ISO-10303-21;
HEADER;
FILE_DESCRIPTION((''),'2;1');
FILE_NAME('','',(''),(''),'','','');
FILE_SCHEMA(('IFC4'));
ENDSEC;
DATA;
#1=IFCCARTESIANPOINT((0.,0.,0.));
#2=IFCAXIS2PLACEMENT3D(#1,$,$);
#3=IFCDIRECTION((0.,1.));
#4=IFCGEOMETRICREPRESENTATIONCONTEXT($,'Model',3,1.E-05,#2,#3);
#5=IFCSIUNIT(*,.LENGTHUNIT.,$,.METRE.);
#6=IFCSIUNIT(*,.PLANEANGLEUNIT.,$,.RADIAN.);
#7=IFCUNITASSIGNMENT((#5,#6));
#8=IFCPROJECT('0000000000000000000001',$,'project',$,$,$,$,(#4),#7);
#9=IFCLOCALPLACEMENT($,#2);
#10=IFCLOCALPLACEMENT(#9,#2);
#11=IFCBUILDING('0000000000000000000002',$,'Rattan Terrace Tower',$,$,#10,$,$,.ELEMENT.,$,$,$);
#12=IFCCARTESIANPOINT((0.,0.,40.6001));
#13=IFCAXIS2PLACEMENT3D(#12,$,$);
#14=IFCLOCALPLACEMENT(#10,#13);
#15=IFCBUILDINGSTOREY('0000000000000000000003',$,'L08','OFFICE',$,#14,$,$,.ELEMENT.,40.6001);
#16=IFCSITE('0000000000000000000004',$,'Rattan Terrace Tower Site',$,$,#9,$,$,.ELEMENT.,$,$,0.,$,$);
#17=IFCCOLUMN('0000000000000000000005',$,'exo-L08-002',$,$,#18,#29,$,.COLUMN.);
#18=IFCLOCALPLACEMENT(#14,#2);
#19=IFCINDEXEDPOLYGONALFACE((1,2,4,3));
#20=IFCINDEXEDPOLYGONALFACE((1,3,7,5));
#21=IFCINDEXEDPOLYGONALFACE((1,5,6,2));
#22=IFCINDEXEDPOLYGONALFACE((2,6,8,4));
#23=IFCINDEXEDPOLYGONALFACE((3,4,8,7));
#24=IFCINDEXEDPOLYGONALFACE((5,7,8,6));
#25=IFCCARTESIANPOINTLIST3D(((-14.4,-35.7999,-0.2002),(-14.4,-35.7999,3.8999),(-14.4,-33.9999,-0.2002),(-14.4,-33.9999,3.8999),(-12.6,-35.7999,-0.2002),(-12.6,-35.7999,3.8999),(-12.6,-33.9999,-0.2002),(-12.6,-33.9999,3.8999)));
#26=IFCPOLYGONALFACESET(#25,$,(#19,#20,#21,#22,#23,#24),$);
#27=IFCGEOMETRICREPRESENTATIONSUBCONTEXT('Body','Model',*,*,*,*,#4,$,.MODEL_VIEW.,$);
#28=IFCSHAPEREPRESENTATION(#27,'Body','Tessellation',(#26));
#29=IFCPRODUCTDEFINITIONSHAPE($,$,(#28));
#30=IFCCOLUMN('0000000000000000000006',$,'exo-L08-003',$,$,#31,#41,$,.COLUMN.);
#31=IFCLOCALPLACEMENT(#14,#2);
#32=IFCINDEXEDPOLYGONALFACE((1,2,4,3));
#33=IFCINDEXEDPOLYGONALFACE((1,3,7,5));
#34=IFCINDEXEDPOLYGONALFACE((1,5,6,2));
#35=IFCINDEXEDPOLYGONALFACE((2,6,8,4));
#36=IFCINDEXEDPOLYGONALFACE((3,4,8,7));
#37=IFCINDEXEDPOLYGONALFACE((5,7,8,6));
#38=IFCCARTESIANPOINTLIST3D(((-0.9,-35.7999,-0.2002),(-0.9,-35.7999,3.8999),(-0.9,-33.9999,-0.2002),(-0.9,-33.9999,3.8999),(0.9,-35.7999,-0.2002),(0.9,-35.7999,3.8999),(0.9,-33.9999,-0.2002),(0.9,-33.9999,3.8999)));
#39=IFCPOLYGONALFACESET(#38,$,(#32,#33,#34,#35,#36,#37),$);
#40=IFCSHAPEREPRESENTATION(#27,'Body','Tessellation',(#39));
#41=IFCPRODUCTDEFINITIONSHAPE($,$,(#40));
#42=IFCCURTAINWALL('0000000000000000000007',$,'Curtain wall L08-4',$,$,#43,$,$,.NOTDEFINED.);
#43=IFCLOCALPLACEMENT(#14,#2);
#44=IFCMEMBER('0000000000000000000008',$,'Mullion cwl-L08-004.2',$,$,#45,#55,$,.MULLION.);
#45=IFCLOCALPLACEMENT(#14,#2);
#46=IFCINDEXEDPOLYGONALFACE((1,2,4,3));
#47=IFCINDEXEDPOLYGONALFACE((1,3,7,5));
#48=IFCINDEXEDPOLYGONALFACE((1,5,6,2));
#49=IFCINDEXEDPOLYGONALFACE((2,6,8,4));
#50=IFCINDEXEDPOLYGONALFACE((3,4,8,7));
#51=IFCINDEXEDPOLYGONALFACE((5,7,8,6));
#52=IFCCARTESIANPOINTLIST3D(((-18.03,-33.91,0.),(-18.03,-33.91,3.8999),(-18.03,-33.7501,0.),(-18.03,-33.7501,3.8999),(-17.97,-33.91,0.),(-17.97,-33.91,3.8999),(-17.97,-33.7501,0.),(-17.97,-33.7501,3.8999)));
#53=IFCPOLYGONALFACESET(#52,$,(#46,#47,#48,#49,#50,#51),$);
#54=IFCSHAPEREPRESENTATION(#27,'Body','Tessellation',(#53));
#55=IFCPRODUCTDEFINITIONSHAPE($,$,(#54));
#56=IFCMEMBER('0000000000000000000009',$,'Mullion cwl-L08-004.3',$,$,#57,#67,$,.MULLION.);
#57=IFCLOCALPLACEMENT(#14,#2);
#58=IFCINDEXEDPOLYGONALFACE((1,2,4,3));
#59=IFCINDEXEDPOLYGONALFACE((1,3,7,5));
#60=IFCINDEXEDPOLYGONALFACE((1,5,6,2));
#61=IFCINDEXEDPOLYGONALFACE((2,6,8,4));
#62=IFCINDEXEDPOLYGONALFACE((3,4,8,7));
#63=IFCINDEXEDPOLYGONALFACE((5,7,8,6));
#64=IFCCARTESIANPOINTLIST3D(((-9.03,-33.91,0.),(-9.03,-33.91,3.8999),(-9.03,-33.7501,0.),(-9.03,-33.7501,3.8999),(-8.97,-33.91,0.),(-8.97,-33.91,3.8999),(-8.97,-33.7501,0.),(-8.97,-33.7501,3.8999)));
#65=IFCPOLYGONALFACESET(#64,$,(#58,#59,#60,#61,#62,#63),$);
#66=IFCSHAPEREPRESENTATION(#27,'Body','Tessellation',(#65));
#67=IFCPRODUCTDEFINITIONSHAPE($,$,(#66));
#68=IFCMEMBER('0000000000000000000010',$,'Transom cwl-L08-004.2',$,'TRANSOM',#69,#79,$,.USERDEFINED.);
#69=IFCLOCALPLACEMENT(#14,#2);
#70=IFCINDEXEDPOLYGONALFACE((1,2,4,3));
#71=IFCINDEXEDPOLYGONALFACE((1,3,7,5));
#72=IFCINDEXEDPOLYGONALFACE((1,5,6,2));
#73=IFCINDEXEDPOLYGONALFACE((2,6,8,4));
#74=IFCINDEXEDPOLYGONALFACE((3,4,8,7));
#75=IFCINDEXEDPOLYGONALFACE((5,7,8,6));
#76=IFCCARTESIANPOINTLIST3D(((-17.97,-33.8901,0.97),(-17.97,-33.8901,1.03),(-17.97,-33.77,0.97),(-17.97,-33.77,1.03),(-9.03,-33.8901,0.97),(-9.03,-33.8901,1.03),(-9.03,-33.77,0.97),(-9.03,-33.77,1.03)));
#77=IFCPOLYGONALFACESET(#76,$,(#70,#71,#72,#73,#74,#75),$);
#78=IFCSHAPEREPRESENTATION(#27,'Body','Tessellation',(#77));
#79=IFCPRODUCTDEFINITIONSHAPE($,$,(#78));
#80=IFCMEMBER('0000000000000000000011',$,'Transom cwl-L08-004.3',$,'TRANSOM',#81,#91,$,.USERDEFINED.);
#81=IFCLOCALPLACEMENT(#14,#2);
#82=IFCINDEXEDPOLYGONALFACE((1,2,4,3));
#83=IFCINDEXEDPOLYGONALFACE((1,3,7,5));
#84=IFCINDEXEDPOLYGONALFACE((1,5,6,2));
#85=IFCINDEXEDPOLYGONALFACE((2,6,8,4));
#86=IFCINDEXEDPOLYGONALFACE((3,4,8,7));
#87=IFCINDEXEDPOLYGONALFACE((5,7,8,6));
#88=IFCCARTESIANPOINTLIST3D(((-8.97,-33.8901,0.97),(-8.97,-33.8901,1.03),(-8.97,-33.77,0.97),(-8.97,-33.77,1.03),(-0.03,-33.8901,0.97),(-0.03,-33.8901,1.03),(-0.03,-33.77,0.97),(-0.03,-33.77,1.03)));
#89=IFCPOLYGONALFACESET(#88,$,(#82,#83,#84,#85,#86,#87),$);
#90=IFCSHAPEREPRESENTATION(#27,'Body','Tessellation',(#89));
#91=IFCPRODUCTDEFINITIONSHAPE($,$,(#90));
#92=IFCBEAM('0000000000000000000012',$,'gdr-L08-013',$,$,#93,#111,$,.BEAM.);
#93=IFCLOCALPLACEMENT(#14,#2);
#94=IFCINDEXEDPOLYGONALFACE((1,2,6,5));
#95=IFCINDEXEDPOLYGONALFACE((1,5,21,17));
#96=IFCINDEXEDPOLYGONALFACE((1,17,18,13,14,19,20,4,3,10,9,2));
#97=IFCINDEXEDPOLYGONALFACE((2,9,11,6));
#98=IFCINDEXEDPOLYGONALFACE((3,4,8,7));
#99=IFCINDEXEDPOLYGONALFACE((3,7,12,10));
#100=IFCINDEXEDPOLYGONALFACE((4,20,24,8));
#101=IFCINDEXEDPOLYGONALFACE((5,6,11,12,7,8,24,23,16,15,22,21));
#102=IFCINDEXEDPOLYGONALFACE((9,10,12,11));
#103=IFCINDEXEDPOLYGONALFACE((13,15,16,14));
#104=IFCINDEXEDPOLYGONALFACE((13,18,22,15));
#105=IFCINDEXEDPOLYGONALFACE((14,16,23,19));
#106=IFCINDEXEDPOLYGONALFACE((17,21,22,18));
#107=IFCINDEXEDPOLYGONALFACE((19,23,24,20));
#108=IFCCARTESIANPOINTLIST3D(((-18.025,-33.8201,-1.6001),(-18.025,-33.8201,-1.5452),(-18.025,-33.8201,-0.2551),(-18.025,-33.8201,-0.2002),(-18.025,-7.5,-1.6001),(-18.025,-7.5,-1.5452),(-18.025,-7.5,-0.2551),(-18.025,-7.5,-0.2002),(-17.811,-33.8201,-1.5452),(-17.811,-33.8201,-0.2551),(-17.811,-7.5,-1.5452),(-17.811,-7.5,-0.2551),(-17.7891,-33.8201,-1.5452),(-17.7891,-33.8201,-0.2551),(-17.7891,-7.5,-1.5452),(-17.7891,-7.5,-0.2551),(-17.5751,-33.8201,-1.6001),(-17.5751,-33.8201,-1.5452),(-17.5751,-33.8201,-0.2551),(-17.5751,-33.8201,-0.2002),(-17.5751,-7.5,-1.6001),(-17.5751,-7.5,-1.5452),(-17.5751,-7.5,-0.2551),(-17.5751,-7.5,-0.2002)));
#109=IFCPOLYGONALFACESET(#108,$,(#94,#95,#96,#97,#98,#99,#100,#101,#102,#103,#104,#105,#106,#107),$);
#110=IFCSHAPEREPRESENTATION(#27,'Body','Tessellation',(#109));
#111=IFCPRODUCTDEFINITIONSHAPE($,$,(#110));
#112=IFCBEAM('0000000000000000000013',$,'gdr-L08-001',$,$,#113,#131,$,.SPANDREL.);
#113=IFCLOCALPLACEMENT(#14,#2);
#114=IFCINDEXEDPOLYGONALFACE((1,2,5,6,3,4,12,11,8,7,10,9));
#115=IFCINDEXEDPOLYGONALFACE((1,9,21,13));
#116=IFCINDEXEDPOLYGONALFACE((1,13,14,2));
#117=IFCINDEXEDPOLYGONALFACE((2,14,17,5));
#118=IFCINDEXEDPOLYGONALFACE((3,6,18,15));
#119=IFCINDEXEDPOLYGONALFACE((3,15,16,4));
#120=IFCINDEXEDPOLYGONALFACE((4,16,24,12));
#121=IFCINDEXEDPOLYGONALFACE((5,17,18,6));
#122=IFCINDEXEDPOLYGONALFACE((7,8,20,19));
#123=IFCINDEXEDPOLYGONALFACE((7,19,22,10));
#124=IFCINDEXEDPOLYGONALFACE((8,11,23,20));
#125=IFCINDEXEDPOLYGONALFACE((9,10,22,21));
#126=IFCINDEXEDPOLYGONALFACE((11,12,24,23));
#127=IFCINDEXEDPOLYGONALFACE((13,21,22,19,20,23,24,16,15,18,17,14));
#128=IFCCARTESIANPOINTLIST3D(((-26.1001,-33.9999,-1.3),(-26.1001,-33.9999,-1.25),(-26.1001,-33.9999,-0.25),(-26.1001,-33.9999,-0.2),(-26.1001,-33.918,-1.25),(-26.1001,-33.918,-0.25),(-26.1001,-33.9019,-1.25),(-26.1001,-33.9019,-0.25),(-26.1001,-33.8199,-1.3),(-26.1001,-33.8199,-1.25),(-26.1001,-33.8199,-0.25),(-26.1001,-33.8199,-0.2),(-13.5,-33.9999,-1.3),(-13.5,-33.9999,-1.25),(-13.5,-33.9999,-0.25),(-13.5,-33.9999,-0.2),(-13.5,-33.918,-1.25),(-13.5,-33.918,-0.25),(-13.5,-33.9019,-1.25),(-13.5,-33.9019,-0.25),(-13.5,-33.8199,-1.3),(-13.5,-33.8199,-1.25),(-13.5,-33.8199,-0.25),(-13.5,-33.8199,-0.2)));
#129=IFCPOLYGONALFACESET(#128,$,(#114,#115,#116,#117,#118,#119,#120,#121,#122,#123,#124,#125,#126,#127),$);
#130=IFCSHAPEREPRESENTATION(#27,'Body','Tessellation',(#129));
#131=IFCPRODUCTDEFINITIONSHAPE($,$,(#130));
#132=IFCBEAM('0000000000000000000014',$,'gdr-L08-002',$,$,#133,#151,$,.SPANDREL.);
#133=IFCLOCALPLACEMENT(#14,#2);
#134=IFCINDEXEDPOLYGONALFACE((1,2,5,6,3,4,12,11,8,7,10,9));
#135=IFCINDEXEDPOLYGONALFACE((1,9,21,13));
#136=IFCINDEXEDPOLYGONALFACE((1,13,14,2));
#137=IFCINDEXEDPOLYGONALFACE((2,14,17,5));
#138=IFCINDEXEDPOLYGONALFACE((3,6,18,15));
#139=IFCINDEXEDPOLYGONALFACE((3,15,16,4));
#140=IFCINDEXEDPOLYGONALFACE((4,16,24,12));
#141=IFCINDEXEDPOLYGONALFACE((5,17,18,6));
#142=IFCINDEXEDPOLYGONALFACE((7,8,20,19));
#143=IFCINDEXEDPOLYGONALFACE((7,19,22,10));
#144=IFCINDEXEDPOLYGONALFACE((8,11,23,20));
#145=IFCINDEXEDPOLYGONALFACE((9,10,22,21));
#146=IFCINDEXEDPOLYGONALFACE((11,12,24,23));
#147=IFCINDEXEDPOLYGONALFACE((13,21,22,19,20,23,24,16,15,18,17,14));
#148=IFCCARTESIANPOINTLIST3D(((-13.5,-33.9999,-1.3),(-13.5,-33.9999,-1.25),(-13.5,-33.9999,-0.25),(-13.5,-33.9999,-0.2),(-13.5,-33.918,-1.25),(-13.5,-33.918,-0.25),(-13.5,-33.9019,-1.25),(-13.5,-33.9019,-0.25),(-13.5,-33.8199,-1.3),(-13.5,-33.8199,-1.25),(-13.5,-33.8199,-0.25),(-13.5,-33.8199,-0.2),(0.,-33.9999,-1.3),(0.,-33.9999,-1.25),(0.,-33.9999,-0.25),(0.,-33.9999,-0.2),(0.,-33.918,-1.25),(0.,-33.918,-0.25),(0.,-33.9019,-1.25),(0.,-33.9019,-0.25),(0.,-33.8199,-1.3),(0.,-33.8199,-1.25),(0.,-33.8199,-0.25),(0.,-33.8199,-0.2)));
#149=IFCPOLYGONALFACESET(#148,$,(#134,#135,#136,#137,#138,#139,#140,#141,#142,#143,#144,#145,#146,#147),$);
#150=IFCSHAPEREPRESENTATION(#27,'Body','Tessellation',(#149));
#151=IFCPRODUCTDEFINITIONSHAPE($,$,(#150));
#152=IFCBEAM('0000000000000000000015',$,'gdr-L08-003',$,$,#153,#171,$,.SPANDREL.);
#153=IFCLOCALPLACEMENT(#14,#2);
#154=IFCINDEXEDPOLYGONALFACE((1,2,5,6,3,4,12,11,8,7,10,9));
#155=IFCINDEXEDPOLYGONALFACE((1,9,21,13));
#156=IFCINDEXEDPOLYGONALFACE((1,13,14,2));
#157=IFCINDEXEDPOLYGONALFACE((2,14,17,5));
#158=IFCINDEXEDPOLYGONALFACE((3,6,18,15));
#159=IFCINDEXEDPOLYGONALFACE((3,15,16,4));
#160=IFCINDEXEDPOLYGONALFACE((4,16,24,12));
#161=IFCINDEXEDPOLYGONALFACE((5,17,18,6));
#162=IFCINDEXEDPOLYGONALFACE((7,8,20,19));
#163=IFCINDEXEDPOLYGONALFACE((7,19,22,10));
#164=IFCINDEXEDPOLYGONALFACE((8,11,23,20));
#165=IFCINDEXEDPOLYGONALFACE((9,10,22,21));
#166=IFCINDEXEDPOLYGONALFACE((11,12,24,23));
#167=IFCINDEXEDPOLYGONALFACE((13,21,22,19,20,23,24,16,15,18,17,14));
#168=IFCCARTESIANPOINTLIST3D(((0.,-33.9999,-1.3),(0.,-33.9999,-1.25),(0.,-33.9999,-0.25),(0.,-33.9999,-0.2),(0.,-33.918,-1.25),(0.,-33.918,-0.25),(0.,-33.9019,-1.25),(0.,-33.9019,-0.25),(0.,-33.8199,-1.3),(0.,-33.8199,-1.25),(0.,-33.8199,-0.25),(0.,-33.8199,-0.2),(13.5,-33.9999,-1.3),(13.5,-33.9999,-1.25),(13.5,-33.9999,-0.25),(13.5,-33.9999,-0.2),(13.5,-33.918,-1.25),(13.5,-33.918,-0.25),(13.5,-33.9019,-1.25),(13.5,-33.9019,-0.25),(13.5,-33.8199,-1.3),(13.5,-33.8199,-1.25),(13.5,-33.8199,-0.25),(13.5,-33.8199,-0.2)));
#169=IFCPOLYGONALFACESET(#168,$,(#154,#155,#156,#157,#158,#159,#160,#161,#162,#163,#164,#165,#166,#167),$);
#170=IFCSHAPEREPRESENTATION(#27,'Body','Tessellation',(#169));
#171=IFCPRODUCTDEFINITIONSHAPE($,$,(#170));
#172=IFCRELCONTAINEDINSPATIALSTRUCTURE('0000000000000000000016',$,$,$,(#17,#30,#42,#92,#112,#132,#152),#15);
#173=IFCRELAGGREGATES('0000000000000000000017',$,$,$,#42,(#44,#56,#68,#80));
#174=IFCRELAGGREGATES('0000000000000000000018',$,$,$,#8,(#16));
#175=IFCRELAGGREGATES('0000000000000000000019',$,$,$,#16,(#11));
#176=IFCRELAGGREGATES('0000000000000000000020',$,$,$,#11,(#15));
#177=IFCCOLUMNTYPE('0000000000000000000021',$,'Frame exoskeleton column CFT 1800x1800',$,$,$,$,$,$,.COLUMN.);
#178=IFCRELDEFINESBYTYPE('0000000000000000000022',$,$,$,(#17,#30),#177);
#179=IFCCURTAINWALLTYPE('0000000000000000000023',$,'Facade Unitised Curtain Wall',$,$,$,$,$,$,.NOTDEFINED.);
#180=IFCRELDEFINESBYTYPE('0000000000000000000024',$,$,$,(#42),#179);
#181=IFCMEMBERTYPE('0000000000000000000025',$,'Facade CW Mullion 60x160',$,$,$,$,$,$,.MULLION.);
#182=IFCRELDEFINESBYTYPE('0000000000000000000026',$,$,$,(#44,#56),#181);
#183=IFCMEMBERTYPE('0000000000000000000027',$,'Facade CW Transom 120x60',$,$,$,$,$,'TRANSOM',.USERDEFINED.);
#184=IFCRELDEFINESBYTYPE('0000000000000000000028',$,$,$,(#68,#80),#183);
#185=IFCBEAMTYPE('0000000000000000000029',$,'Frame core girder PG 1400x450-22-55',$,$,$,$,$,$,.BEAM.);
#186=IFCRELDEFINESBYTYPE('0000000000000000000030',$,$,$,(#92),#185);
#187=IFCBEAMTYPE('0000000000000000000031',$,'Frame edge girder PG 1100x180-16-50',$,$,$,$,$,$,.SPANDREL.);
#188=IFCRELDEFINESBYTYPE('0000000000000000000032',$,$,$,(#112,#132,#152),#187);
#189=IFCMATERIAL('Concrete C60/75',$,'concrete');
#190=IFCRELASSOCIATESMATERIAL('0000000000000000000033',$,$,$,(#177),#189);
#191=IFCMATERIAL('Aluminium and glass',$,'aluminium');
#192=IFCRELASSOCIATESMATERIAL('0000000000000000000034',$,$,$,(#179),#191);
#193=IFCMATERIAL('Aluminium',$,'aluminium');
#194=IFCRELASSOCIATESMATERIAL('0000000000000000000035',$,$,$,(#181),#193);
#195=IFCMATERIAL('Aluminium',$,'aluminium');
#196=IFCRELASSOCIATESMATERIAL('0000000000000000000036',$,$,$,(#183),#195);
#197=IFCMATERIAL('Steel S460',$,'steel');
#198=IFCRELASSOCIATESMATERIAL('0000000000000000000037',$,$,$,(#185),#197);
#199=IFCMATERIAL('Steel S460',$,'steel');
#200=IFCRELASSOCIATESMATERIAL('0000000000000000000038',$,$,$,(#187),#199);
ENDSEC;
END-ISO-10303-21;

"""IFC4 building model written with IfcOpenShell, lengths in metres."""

from ifc_helpers import new_model, si_unit, direction, frame, origin, origin_2d, place, context, subcontext, project, spatial, rectangle, i_section, extrude, material, material_profile, profile_set, type_object, element, aggregate, save


model = new_model("IFC4")

# Units and contexts
model_context = context("Model", 3, precision=1e-05, world=origin(), true_north=direction((0.0, 1.0)))
body_context = subcontext(model_context, "Body", "Model", "MODEL_VIEW")
ifc_project = project(units=[si_unit("LENGTHUNIT", "METRE"), si_unit("PLANEANGLEUNIT", "RADIAN")], contexts=[model_context])

# Site, building, storey
site_placement = place(None, origin())
site = spatial("IfcSite", under=ifc_project, at=site_placement, Name="Rattan Terrace Tower Site", CompositionType="ELEMENT", RefElevation=0.0)
building_placement = place(site_placement, origin())
building = spatial("IfcBuilding", under=site, at=building_placement, Name="Rattan Terrace Tower", CompositionType="ELEMENT")
storey_placement = place(building_placement, frame((0.0, 0.0, 40.6001)))
storey = spatial("IfcBuildingStorey", under=building, at=storey_placement, Name="L08", Description="OFFICE", CompositionType="ELEMENT", Elevation=40.6001)

# Columns
ifc_material_1 = material(Name="Concrete C60/75", Category="concrete")
ifc_material_profile_1 = material_profile(ifc_material_1, rectangle(XDim=1.8, YDim=1.8, at=origin_2d()), Name="CFT 1800x1800")
ifc_profile_set_1 = profile_set([ifc_material_profile_1], Name="Concrete C60/75")
column_type = type_object("IfcColumnType", Name="Frame exoskeleton column CFT 1800x1800", PredefinedType="COLUMN", material=ifc_profile_set_1)
for number, where, z_axis, x_axis, name in (
    (1, (-13.5, -34.8999, -0.2002), (0.0, 0.0, 1.0), (1.0, 0.0, 0.0), "exo-L08-002"),
    (2, (0.0, -34.8999, -0.2002), (0.0, 0.0, 1.0), (1.0, 0.0, 0.0), "exo-L08-003"),
):
    element("IfcColumn", number, at=place(storey_placement, frame(where, z_axis=z_axis, x_axis=x_axis)), inside=storey, type_object=column_type, Name=name, PredefinedType="COLUMN", context=body_context, shape_type="SweptSolid", body=[
        extrude(rectangle(XDim=1.8, YDim=1.8, at=origin_2d()), origin(), (0.0, 0.0, 1.0), 4.1001),
    ])

# Curtain wall, members
ifc_material_2 = material(Name="Aluminium and glass", Category="aluminium")
curtain_wall_type = type_object("IfcCurtainWallType", Name="Facade Unitised Curtain Wall", PredefinedType="NOTDEFINED", material=ifc_material_2)
curtain_wall_placement = place(storey_placement, origin())
curtain_wall = element("IfcCurtainWall", 3, at=curtain_wall_placement, inside=storey, type_object=curtain_wall_type, Name="Curtain wall L08-4", PredefinedType="NOTDEFINED")
ifc_material_3 = material(Name="Aluminium", Category="aluminium")
ifc_material_profile_2 = material_profile(ifc_material_3, rectangle(XDim=0.0601, YDim=0.1599, at=origin_2d()), Name="Aluminium 60x160")
ifc_profile_set_2 = profile_set([ifc_material_profile_2], Name="Aluminium")
member_type_1 = type_object("IfcMemberType", Name="Facade CW Mullion 60x160", PredefinedType="MULLION", material=ifc_profile_set_2)
member_1_placement = place(storey_placement, frame((-18.0, -33.8301, 0.0), z_axis=(0.0, 0.0, 1.0), x_axis=(1.0, 0.0, 0.0)))
member_1 = element("IfcMember", 4, at=member_1_placement, type_object=member_type_1, Name="Mullion cwl-L08-004.2", PredefinedType="MULLION", context=body_context, shape_type="SweptSolid", body=[
    extrude(rectangle(XDim=0.0601, YDim=0.1599, at=origin_2d()), origin(), (0.0, 0.0, 1.0), 3.8999),
])
member_2_placement = place(storey_placement, frame((-9.0, -33.8301, 0.0), z_axis=(0.0, 0.0, 1.0), x_axis=(1.0, 0.0, 0.0)))
member_2 = element("IfcMember", 5, at=member_2_placement, type_object=member_type_1, Name="Mullion cwl-L08-004.3", PredefinedType="MULLION", context=body_context, shape_type="SweptSolid", body=[
    extrude(rectangle(XDim=0.0601, YDim=0.1599, at=origin_2d()), origin(), (0.0, 0.0, 1.0), 3.8999),
])
ifc_material_4 = material(Name="Aluminium", Category="aluminium")
ifc_material_profile_3 = material_profile(ifc_material_4, rectangle(XDim=0.1201, YDim=0.0601, at=origin_2d()), Name="Aluminium 120x60")
ifc_profile_set_3 = profile_set([ifc_material_profile_3], Name="Aluminium")
member_type_2 = type_object("IfcMemberType", Name="Facade CW Transom 120x60", ElementType="TRANSOM", PredefinedType="USERDEFINED", material=ifc_profile_set_3)
member_3_placement = place(storey_placement, frame((-17.97, -33.8301, 1.0), z_axis=(1.0, 0.0, 0.0), x_axis=(0.0, 1.0, 0.0)))
member_3 = element("IfcMember", 6, at=member_3_placement, type_object=member_type_2, Name="Transom cwl-L08-004.2", ObjectType="TRANSOM", PredefinedType="USERDEFINED", context=body_context, shape_type="SweptSolid", body=[
    extrude(rectangle(XDim=0.1201, YDim=0.0601, at=origin_2d()), origin(), (0.0, 0.0, 1.0), 8.9399),
])
member_4_placement = place(storey_placement, frame((-8.97, -33.8301, 1.0), z_axis=(1.0, 0.0, 0.0), x_axis=(0.0, 1.0, 0.0)))
member_4 = element("IfcMember", 7, at=member_4_placement, type_object=member_type_2, Name="Transom cwl-L08-004.3", ObjectType="TRANSOM", PredefinedType="USERDEFINED", context=body_context, shape_type="SweptSolid", body=[
    extrude(rectangle(XDim=0.1201, YDim=0.0601, at=origin_2d()), origin(), (0.0, 0.0, 1.0), 8.9399),
])

# Beams
ifc_material_5 = material(Name="Steel S460", Category="steel")
ifc_material_profile_4 = material_profile(ifc_material_5, i_section(OverallWidth=0.45, OverallDepth=1.3999, WebThickness=0.022, FlangeThickness=0.0549, at=origin_2d()), Name="PG 1400x450-22-55")
ifc_profile_set_4 = profile_set([ifc_material_profile_4], Name="Steel S460")
beam_type_1 = type_object("IfcBeamType", Name="Frame core girder PG 1400x450-22-55", PredefinedType="BEAM", material=ifc_profile_set_4)
beam_1_placement = place(storey_placement, frame((-17.8, -33.8201, -0.9001), z_axis=(0.0, 1.0, 0.0), x_axis=(-1.0, 0.0, 0.0)))
element("IfcBeam", 8, at=beam_1_placement, inside=storey, type_object=beam_type_1, Name="gdr-L08-013", PredefinedType="BEAM", context=body_context, shape_type="SweptSolid", body=[
    extrude(i_section(OverallWidth=0.45, OverallDepth=1.3999, WebThickness=0.022, FlangeThickness=0.0549, at=origin_2d()), origin(), (0.0, 0.0, 1.0), 26.3201),
])
ifc_material_6 = material(Name="Steel S460", Category="steel")
ifc_material_profile_5 = material_profile(ifc_material_6, i_section(OverallWidth=0.1799, OverallDepth=1.1001, WebThickness=0.0161, FlangeThickness=0.05, at=origin_2d()), Name="PG 1100x180-16-50")
ifc_profile_set_5 = profile_set([ifc_material_profile_5], Name="Steel S460")
beam_type_2 = type_object("IfcBeamType", Name="Frame edge girder PG 1100x180-16-50", PredefinedType="SPANDREL", material=ifc_profile_set_5)
beam_2_placement = place(storey_placement, frame((-26.1001, -33.9099, -0.75), z_axis=(1.0, 0.0, 0.0), x_axis=(0.0, 1.0, 0.0)))
element("IfcBeam", 9, at=beam_2_placement, inside=storey, type_object=beam_type_2, Name="gdr-L08-001", PredefinedType="SPANDREL", context=body_context, shape_type="SweptSolid", body=[
    extrude(i_section(OverallWidth=0.1799, OverallDepth=1.1001, WebThickness=0.0161, FlangeThickness=0.05, at=origin_2d()), origin(), (0.0, 0.0, 1.0), 12.6001),
])
for number, where, z_axis, x_axis, name in (
    (10, (-13.5, -33.9099, -0.75), (1.0, 0.0, 0.0), (0.0, 1.0, 0.0), "gdr-L08-002"),
    (11, (0.0, -33.9099, -0.75), (1.0, 0.0, 0.0), (0.0, 1.0, 0.0), "gdr-L08-003"),
):
    element("IfcBeam", number, at=place(storey_placement, frame(where, z_axis=z_axis, x_axis=x_axis)), inside=storey, type_object=beam_type_2, Name=name, PredefinedType="SPANDREL", context=body_context, shape_type="SweptSolid", body=[
        extrude(i_section(OverallWidth=0.1799, OverallDepth=1.1001, WebThickness=0.0161, FlangeThickness=0.05, at=origin_2d()), origin(), (0.0, 0.0, 1.0), 13.5),
    ])

aggregate(curtain_wall, [member_1, member_2, member_3, member_4])

save(model, "model.ifc")
